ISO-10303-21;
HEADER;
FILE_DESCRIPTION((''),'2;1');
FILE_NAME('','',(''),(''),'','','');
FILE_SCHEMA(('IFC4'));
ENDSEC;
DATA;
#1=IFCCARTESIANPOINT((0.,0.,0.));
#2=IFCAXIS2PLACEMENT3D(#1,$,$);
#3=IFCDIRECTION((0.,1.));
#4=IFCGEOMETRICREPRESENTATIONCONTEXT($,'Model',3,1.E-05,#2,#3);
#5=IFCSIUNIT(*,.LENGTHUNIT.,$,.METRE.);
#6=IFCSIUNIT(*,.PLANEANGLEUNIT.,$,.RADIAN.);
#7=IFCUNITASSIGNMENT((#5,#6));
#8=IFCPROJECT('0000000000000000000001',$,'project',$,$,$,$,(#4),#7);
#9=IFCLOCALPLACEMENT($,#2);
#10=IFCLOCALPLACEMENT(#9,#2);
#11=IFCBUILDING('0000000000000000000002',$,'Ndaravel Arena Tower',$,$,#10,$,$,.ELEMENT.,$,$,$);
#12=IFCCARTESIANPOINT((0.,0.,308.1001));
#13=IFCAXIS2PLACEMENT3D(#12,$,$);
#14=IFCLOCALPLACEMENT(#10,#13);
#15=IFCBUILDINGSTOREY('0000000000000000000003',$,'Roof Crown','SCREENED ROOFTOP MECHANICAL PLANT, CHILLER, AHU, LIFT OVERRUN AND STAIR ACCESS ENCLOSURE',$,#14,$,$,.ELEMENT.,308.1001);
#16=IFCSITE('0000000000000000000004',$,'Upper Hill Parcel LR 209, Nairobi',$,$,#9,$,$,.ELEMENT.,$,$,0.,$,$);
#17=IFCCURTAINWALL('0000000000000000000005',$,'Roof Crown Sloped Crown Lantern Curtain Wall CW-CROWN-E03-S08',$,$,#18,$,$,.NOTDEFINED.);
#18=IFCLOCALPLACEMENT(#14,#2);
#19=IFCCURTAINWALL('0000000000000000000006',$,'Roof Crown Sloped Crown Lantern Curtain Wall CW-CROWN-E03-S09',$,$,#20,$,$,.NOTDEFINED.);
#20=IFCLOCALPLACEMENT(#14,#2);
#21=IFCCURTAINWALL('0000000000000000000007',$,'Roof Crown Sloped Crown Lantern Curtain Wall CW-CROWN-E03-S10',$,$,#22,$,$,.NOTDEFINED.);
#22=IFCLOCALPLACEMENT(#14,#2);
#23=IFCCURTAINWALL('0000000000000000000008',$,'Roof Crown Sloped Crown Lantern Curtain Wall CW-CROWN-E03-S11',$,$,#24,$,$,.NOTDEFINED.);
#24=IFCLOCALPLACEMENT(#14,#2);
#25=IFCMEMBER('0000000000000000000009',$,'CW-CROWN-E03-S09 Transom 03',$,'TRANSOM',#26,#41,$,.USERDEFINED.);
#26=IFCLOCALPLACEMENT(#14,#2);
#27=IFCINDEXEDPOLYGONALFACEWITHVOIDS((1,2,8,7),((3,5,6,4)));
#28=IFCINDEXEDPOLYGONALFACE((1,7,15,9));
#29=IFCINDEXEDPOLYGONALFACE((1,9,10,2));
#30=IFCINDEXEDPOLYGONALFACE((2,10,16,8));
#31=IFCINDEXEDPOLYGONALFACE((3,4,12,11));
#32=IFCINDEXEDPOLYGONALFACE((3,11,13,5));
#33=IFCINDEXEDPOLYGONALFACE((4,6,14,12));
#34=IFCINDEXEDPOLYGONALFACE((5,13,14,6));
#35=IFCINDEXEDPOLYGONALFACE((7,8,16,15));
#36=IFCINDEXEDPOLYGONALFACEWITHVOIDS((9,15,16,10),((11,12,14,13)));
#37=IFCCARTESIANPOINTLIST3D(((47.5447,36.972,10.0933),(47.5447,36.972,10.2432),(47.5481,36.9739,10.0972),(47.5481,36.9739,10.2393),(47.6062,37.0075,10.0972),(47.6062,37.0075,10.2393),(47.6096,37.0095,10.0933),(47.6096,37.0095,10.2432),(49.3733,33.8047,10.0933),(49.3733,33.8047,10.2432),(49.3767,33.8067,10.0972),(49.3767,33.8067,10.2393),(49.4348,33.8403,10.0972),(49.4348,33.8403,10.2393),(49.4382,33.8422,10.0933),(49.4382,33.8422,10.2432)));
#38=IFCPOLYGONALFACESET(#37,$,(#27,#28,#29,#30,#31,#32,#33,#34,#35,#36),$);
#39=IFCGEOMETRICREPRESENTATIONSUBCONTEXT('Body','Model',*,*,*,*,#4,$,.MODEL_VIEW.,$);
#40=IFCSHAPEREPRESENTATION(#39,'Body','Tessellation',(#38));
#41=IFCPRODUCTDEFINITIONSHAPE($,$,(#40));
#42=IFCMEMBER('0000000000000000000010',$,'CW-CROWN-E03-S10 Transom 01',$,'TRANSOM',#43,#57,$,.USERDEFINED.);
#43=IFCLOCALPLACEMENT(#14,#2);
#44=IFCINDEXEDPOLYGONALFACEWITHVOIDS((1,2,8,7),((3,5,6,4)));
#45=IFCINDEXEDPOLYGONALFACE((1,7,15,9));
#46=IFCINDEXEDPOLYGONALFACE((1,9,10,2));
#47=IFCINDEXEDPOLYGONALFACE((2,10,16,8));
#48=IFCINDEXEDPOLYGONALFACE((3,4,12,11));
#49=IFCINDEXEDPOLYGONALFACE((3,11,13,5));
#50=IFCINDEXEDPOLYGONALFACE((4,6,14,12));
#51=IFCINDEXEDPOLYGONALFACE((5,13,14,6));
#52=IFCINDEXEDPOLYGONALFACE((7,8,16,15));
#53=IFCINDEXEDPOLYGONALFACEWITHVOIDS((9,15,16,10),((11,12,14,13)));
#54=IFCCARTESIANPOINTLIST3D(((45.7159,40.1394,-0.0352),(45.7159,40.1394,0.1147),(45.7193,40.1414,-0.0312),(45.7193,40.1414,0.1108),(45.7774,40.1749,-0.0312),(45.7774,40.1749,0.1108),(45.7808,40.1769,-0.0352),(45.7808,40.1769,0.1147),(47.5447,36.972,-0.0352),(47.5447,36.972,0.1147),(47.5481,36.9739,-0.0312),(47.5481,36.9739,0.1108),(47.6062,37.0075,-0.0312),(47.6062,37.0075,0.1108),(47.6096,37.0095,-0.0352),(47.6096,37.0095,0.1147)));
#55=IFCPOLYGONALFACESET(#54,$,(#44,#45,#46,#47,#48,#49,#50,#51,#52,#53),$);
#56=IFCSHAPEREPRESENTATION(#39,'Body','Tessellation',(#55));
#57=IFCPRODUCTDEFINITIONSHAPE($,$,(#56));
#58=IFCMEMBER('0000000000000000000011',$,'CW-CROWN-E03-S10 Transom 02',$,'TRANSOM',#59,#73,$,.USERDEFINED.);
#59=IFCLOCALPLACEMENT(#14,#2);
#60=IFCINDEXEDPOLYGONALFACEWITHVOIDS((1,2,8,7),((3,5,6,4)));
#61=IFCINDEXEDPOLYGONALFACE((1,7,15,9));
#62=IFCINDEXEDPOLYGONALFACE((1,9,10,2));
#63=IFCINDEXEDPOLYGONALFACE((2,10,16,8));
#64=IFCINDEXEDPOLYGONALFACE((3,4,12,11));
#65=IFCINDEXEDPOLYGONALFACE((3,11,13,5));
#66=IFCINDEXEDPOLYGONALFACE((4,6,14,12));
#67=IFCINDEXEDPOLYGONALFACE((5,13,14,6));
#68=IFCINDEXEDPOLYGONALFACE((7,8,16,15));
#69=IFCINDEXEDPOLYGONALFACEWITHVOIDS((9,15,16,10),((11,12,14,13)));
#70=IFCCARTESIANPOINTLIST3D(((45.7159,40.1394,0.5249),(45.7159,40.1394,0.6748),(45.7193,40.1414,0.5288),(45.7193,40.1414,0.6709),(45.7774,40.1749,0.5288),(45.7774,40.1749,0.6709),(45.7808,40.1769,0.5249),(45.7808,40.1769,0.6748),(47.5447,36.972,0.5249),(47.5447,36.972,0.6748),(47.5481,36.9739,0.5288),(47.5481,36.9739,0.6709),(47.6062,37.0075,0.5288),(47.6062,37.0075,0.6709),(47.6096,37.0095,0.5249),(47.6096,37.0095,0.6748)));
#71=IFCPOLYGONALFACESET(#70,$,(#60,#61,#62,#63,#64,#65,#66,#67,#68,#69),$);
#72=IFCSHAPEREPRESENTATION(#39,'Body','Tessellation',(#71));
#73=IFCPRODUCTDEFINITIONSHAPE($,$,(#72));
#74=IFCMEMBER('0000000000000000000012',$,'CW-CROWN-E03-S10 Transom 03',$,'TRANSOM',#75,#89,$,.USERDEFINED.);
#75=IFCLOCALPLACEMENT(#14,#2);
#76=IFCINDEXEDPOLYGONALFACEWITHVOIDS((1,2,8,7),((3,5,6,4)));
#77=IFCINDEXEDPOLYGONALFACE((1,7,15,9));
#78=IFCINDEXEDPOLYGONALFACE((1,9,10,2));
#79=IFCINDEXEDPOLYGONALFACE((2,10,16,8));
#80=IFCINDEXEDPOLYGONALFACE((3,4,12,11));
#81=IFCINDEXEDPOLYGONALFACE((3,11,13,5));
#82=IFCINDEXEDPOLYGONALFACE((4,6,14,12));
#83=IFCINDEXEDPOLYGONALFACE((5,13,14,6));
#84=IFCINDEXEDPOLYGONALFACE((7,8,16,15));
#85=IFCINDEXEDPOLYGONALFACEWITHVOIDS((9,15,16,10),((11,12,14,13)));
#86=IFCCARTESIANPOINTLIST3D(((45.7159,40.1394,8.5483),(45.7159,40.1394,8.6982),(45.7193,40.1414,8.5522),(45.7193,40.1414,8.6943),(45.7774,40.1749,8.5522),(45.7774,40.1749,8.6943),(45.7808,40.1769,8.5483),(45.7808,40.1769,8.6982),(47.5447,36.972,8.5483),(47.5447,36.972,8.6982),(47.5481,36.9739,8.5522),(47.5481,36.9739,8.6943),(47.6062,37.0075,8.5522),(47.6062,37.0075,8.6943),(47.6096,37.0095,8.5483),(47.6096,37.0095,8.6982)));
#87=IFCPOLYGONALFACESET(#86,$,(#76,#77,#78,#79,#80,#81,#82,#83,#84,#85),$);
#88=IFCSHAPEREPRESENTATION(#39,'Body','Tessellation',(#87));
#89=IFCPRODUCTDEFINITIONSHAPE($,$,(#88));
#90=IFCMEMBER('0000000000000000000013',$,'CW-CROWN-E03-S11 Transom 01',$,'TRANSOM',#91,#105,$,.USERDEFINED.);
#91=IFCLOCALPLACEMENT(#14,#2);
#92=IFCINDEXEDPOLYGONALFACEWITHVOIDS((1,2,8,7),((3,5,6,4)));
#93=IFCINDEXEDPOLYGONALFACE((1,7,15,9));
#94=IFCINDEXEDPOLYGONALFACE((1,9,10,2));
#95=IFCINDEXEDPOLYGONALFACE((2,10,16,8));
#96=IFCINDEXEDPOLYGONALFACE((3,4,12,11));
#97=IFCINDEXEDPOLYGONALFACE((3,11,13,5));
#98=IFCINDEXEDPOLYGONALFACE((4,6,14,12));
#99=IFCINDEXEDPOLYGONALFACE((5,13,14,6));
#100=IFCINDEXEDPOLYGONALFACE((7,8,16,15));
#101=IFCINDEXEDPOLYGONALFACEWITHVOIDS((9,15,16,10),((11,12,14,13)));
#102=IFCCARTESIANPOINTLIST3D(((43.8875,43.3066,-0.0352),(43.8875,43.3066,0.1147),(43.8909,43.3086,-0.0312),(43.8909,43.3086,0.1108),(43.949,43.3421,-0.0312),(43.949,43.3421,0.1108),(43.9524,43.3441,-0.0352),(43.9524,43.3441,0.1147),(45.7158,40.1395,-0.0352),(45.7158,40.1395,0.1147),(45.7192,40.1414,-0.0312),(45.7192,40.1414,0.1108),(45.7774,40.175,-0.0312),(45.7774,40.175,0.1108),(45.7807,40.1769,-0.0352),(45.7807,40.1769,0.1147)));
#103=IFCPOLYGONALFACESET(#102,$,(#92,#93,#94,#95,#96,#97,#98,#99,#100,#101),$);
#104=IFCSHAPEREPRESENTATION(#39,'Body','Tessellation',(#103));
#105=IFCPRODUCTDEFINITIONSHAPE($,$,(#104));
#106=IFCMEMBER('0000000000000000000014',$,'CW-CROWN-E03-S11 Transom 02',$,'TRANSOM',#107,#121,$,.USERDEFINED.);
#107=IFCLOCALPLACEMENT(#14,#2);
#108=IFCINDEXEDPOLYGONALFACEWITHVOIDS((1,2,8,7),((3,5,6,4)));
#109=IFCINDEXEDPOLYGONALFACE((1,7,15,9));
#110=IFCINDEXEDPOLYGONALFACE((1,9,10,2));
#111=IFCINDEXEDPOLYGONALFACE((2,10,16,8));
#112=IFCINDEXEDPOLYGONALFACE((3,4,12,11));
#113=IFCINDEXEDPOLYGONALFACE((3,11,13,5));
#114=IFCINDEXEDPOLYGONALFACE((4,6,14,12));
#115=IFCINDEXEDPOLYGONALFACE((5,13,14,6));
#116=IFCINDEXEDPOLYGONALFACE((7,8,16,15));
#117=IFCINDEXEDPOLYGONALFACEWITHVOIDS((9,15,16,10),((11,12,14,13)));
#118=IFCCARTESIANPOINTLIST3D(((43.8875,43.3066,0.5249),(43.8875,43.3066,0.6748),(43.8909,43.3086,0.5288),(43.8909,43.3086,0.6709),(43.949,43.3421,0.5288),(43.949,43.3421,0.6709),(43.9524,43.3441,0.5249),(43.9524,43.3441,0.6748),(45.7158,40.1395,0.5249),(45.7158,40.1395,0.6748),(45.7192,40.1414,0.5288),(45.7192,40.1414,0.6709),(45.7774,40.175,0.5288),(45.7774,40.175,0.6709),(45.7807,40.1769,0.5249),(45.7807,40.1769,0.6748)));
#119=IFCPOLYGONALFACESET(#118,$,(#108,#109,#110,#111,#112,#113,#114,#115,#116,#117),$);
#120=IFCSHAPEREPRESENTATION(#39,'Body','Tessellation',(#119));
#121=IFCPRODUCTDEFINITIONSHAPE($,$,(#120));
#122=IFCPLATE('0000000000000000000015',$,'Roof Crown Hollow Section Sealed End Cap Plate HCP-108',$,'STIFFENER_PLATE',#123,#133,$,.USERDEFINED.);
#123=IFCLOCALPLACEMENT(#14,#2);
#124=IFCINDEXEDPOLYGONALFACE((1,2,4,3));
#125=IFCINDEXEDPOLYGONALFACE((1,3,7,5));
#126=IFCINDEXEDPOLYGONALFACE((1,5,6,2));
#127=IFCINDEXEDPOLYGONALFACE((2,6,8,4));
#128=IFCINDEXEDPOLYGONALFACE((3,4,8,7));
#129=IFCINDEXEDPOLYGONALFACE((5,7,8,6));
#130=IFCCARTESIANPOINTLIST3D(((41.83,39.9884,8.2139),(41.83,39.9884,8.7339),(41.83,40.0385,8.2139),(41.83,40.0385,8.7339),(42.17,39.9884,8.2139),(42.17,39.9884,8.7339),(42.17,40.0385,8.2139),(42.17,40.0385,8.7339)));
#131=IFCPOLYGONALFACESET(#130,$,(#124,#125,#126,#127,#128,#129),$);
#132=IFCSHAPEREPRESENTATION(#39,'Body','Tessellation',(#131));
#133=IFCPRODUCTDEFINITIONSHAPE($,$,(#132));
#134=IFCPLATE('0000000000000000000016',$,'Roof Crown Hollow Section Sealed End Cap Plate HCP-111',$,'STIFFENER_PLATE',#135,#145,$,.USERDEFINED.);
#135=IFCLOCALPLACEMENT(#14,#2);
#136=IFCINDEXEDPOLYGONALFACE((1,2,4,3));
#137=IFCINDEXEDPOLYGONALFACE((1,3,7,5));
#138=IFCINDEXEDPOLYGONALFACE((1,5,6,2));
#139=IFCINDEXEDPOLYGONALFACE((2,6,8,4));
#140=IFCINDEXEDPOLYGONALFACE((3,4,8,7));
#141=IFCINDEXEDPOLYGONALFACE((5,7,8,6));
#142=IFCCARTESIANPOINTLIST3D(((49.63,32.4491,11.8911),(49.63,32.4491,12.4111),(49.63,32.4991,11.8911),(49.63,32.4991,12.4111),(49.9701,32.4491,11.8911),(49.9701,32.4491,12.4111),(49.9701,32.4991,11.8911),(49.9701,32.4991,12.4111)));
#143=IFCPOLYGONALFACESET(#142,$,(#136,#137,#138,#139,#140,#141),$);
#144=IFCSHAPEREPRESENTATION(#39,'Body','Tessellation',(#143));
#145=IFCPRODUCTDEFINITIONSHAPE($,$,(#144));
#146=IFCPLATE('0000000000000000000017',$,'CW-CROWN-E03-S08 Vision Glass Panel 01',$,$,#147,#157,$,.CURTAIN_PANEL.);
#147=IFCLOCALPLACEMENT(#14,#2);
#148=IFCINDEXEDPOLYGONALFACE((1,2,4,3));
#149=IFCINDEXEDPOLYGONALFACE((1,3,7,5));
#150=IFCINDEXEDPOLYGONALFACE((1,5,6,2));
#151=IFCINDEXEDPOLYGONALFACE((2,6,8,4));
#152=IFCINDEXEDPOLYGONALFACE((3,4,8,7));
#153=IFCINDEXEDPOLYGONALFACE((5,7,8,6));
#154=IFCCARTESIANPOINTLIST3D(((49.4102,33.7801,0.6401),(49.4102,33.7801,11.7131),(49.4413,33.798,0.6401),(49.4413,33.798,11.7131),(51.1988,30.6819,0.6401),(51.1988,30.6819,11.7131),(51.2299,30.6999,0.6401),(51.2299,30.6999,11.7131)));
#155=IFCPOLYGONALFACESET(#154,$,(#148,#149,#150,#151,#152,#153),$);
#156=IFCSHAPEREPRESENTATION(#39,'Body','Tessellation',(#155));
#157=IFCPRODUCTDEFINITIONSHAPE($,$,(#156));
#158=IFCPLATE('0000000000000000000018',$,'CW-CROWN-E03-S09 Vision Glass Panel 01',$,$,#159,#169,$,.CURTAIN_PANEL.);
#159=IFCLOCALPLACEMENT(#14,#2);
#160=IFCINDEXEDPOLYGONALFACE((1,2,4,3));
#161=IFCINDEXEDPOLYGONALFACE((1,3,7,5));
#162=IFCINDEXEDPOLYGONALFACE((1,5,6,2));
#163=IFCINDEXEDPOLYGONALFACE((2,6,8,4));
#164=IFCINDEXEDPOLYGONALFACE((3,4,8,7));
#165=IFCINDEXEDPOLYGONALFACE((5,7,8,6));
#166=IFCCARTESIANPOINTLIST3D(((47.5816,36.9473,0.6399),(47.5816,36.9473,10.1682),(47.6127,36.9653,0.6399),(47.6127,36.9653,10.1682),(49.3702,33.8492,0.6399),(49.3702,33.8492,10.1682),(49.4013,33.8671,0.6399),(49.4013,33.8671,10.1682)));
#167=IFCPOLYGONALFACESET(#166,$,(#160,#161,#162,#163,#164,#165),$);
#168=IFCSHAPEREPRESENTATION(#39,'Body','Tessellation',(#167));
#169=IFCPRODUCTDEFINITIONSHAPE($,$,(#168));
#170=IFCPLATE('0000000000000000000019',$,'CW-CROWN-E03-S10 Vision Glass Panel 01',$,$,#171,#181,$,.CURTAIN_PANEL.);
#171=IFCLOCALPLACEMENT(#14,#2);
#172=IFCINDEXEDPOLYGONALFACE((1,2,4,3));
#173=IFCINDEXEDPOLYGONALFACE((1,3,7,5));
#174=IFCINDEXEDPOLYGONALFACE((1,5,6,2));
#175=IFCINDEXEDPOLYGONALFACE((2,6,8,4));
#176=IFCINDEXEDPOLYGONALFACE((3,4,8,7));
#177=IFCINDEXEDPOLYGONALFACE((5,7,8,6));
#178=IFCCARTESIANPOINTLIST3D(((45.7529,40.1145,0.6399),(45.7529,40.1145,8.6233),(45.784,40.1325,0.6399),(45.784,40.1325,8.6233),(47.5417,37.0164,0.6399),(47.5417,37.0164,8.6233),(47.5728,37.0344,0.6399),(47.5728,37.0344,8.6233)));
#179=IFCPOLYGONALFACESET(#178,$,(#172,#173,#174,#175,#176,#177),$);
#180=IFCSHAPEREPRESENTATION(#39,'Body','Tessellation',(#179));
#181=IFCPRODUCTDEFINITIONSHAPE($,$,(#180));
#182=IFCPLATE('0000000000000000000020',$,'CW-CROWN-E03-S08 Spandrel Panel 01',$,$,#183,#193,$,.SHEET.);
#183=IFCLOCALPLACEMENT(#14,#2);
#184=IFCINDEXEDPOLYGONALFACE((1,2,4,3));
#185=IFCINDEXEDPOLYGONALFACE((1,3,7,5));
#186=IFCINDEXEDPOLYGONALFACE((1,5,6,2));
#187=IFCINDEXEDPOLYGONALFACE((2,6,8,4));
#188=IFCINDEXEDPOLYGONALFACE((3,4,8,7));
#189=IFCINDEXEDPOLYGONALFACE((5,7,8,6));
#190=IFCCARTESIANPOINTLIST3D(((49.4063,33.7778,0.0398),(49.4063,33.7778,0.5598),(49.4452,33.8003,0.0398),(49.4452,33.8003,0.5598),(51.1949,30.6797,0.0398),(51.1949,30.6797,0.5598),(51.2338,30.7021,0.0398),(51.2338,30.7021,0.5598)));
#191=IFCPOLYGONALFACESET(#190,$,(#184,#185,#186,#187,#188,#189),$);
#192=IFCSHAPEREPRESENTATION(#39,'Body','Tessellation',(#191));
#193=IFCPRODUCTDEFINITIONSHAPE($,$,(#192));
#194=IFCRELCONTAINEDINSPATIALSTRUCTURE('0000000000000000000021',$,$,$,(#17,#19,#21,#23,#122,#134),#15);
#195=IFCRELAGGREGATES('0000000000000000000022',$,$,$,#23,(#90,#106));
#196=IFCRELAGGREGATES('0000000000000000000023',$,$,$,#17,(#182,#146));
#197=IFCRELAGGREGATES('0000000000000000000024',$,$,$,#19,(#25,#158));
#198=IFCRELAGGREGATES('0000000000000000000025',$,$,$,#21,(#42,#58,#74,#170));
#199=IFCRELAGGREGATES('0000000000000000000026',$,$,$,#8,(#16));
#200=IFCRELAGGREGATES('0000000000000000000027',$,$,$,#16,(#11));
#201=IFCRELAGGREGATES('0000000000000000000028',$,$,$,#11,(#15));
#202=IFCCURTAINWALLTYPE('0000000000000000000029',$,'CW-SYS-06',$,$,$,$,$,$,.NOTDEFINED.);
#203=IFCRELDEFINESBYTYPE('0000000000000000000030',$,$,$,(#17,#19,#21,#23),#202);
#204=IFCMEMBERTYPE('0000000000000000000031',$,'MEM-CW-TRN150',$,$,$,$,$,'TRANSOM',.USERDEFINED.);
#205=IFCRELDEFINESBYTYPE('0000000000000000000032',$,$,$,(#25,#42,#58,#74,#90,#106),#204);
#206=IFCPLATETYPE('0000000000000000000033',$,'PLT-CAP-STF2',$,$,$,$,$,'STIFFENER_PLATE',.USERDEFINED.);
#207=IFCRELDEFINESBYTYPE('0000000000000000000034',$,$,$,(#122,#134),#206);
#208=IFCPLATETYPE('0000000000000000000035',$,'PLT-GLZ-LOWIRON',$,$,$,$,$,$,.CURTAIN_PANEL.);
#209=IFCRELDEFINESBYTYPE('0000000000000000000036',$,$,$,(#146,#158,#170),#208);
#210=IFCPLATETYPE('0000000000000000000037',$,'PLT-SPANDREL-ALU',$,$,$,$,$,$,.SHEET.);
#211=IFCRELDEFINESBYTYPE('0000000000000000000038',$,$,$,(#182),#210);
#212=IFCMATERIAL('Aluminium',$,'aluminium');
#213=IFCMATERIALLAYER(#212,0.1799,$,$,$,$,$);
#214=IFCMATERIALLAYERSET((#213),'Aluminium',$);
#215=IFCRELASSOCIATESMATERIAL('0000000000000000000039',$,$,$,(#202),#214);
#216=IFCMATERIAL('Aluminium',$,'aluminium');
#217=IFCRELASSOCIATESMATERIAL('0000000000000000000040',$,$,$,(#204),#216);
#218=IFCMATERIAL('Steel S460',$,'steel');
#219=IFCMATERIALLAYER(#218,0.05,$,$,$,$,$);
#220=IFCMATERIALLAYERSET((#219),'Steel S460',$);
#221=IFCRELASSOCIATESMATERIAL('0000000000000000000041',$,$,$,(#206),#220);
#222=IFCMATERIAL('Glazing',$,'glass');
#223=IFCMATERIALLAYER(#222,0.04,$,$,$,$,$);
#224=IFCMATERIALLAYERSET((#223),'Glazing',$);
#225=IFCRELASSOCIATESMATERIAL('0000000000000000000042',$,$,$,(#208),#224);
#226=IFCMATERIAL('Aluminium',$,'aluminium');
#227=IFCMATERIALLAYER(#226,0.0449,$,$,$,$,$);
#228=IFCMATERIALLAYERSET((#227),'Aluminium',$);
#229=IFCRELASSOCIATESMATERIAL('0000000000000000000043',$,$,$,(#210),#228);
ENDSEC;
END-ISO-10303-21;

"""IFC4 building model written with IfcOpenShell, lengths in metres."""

from ifc_helpers import new_model, si_unit, direction, frame, origin, origin_2d, place, context, subcontext, project, spatial, rectangle, hollow_rectangle, extrude, material, layer, layer_set, material_profile, profile_set, type_object, element, aggregate, save


model = new_model("IFC4")

# Units and contexts
model_context = context("Model", 3, precision=1e-05, world=origin(), true_north=direction((0.0, 1.0)))
body_context = subcontext(model_context, "Body", "Model", "MODEL_VIEW")
ifc_project = project(units=[si_unit("LENGTHUNIT", "METRE"), si_unit("PLANEANGLEUNIT", "RADIAN")], contexts=[model_context])

# Site, building, storey
site_placement = place(None, origin())
site = spatial("IfcSite", under=ifc_project, at=site_placement, Name="Upper Hill Parcel LR 209, Nairobi", CompositionType="ELEMENT", RefElevation=0.0)
building_placement = place(site_placement, origin())
building = spatial("IfcBuilding", under=site, at=building_placement, Name="Ndaravel Arena Tower", CompositionType="ELEMENT")
storey_placement = place(building_placement, frame((0.0, 0.0, 308.1001)))
storey = spatial("IfcBuildingStorey", under=building, at=storey_placement, Name="Roof Crown", Description="SCREENED ROOFTOP MECHANICAL PLANT, CHILLER, AHU, LIFT OVERRUN AND STAIR ACCESS ENCLOSURE", CompositionType="ELEMENT", Elevation=308.1001)

# Curtain walls
ifc_material_1 = material(Name="Aluminium", Category="aluminium")
ifc_layer_1 = layer(ifc_material_1, 0.1799)
ifc_layer_set_1 = layer_set([ifc_layer_1], Name="Aluminium")
curtain_wall_type = type_object("IfcCurtainWallType", Name="CW-SYS-06", PredefinedType="NOTDEFINED", material=ifc_layer_set_1)
curtain_wall_1_placement = place(storey_placement, origin())
curtain_wall_1 = element("IfcCurtainWall", 1, at=curtain_wall_1_placement, inside=storey, type_object=curtain_wall_type, Name="Roof Crown Sloped Crown Lantern Curtain Wall CW-CROWN-E03-S08", PredefinedType="NOTDEFINED")
curtain_wall_2_placement = place(storey_placement, origin())
curtain_wall_2 = element("IfcCurtainWall", 2, at=curtain_wall_2_placement, inside=storey, type_object=curtain_wall_type, Name="Roof Crown Sloped Crown Lantern Curtain Wall CW-CROWN-E03-S09", PredefinedType="NOTDEFINED")
curtain_wall_3_placement = place(storey_placement, origin())
curtain_wall_3 = element("IfcCurtainWall", 3, at=curtain_wall_3_placement, inside=storey, type_object=curtain_wall_type, Name="Roof Crown Sloped Crown Lantern Curtain Wall CW-CROWN-E03-S10", PredefinedType="NOTDEFINED")
curtain_wall_4_placement = place(storey_placement, origin())
curtain_wall_4 = element("IfcCurtainWall", 4, at=curtain_wall_4_placement, inside=storey, type_object=curtain_wall_type, Name="Roof Crown Sloped Crown Lantern Curtain Wall CW-CROWN-E03-S11", PredefinedType="NOTDEFINED")

# Members
ifc_material_2 = material(Name="Aluminium", Category="aluminium")
ifc_material_profile_1 = material_profile(ifc_material_2, hollow_rectangle(XDim=0.075, YDim=0.1499, WallThickness=0.0039, at=origin_2d()), Name="CW TRANSOM 75x150x4")
ifc_profile_set_1 = profile_set([ifc_material_profile_1], Name="Aluminium")
member_type_1 = type_object("IfcMemberType", Name="MEM-CW-TRN150", ElementType="TRANSOM", PredefinedType="USERDEFINED", material=ifc_profile_set_1)
member_1_placement = place(storey_placement, frame((49.4058, 33.8235, 10.1682), z_axis=(-0.500002, 0.866024, 0.0), x_axis=(-0.866024, -0.500002, 0.0)))
member_1 = element("IfcMember", 5, at=member_1_placement, type_object=member_type_1, Name="CW-CROWN-E03-S09 Transom 03", ObjectType="TRANSOM", PredefinedType="USERDEFINED", context=body_context, shape_type="SweptSolid", body=[
    extrude(hollow_rectangle(XDim=0.075, YDim=0.1499, WallThickness=0.0039, at=origin_2d()), origin(), (0.0, 0.0, 1.0), 3.6572),
])
member_2_placement = place(storey_placement, frame((47.5771, 36.9907, 0.0398), z_axis=(-0.500023, 0.866012, 0.0), x_axis=(-0.866012, -0.500023, 0.0)))
member_2 = element("IfcMember", 6, at=member_2_placement, type_object=member_type_1, Name="CW-CROWN-E03-S10 Transom 01", ObjectType="TRANSOM", PredefinedType="USERDEFINED", context=body_context, shape_type="SweptSolid", body=[
    extrude(hollow_rectangle(XDim=0.075, YDim=0.1499, WallThickness=0.0039, at=origin_2d()), origin(), (0.0, 0.0, 1.0), 3.6575),
])
member_3_placement = place(storey_placement, frame((47.5771, 36.9907, 0.5999), z_axis=(-0.500023, 0.866012, 0.0), x_axis=(-0.866012, -0.500023, 0.0)))
member_3 = element("IfcMember", 7, at=member_3_placement, type_object=member_type_1, Name="CW-CROWN-E03-S10 Transom 02", ObjectType="TRANSOM", PredefinedType="USERDEFINED", context=body_context, shape_type="SweptSolid", body=[
    extrude(hollow_rectangle(XDim=0.075, YDim=0.1499, WallThickness=0.0039, at=origin_2d()), origin(), (0.0, 0.0, 1.0), 3.6575),
])
member_4_placement = place(storey_placement, frame((47.5771, 36.9907, 8.6233), z_axis=(-0.500023, 0.866012, 0.0), x_axis=(-0.866012, -0.500023, 0.0)))
member_4 = element("IfcMember", 8, at=member_4_placement, type_object=member_type_1, Name="CW-CROWN-E03-S10 Transom 03", ObjectType="TRANSOM", PredefinedType="USERDEFINED", context=body_context, shape_type="SweptSolid", body=[
    extrude(hollow_rectangle(XDim=0.075, YDim=0.1499, WallThickness=0.0039, at=origin_2d()), origin(), (0.0, 0.0, 1.0), 3.6575),
])
member_5_placement = place(storey_placement, frame((45.7483, 40.1582, 0.0398), z_axis=(-0.499952, 0.866053, 0.0), x_axis=(-0.866053, -0.499952, 0.0)))
member_5 = element("IfcMember", 9, at=member_5_placement, type_object=member_type_1, Name="CW-CROWN-E03-S11 Transom 01", ObjectType="TRANSOM", PredefinedType="USERDEFINED", context=body_context, shape_type="SweptSolid", body=[
    extrude(hollow_rectangle(XDim=0.075, YDim=0.1499, WallThickness=0.0039, at=origin_2d()), origin(), (0.0, 0.0, 1.0), 3.657),
])
member_6_placement = place(storey_placement, frame((45.7483, 40.1582, 0.5999), z_axis=(-0.499952, 0.866053, 0.0), x_axis=(-0.866053, -0.499952, 0.0)))
member_6 = element("IfcMember", 10, at=member_6_placement, type_object=member_type_1, Name="CW-CROWN-E03-S11 Transom 02", ObjectType="TRANSOM", PredefinedType="USERDEFINED", context=body_context, shape_type="SweptSolid", body=[
    extrude(hollow_rectangle(XDim=0.075, YDim=0.1499, WallThickness=0.0039, at=origin_2d()), origin(), (0.0, 0.0, 1.0), 3.657),
])
aggregate(curtain_wall_4, [member_5, member_6])

# Plates
ifc_material_3 = material(Name="Steel S460", Category="steel")
ifc_layer_2 = layer(ifc_material_3, 0.05)
ifc_layer_set_2 = layer_set([ifc_layer_2], Name="Steel S460")
plate_type_1 = type_object("IfcPlateType", Name="PLT-CAP-STF2", ElementType="STIFFENER_PLATE", PredefinedType="USERDEFINED", material=ifc_layer_set_2)
for number, where, z_axis, x_axis, name in (
    (11, (42.0, 40.0134, 8.2139), (0.0, 0.0, 1.0), (0.0, 1.0, 0.0), "Roof Crown Hollow Section Sealed End Cap Plate HCP-108"),
    (12, (49.8, 32.4741, 11.8911), (0.0, 0.0, 1.0), (0.0, 1.0, 0.0), "Roof Crown Hollow Section Sealed End Cap Plate HCP-111"),
):
    element("IfcPlate", number, at=place(storey_placement, frame(where, z_axis=z_axis, x_axis=x_axis)), inside=storey, type_object=plate_type_1, Name=name, ObjectType="STIFFENER_PLATE", PredefinedType="USERDEFINED", context=body_context, shape_type="SweptSolid", body=[
        extrude(rectangle(XDim=0.05, YDim=0.3401, at=origin_2d()), origin(), (0.0, 0.0, 1.0), 0.52),
    ])

# Plates
ifc_material_4 = material(Name="Glazing", Category="glass")
ifc_layer_3 = layer(ifc_material_4, 0.04)
ifc_layer_set_3 = layer_set([ifc_layer_3], Name="Glazing")
plate_type_2 = type_object("IfcPlateType", Name="PLT-GLZ-LOWIRON", PredefinedType="CURTAIN_PANEL", material=ifc_layer_set_3)
plate_1_placement = place(storey_placement, frame((50.3201, 32.24, 0.6401), z_axis=(0.0, 0.0, 1.0), x_axis=(-0.499985, 0.866034, 0.0)))
plate_1 = element("IfcPlate", 13, at=plate_1_placement, type_object=plate_type_2, Name="CW-CROWN-E03-S08 Vision Glass Panel 01", PredefinedType="CURTAIN_PANEL", context=body_context, shape_type="SweptSolid", body=[
    extrude(rectangle(XDim=3.5774, YDim=0.0359, at=origin_2d()), origin(), (0.0, 0.0, 1.0), 11.073),
])
plate_2_placement = place(storey_placement, frame((48.4915, 35.4072, 0.6399), z_axis=(0.0, 0.0, 1.0), x_axis=(-0.499985, 0.866034, 0.0)))
plate_2 = element("IfcPlate", 14, at=plate_2_placement, type_object=plate_type_2, Name="CW-CROWN-E03-S09 Vision Glass Panel 01", PredefinedType="CURTAIN_PANEL", context=body_context, shape_type="SweptSolid", body=[
    extrude(rectangle(XDim=3.5774, YDim=0.0359, at=origin_2d()), origin(), (0.0, 0.0, 1.0), 9.5283),
])
plate_3_placement = place(storey_placement, frame((46.6628, 38.5745, 0.6399), z_axis=(0.0, 0.0, 1.0), x_axis=(-0.500015, 0.866017, 0.0)))
plate_3 = element("IfcPlate", 15, at=plate_3_placement, type_object=plate_type_2, Name="CW-CROWN-E03-S10 Vision Glass Panel 01", PredefinedType="CURTAIN_PANEL", context=body_context, shape_type="SweptSolid", body=[
    extrude(rectangle(XDim=3.5774, YDim=0.0359, at=origin_2d()), origin(), (0.0, 0.0, 1.0), 7.9834),
])
ifc_material_5 = material(Name="Aluminium", Category="aluminium")
ifc_layer_4 = layer(ifc_material_5, 0.0449)
ifc_layer_set_4 = layer_set([ifc_layer_4], Name="Aluminium")
plate_type_3 = type_object("IfcPlateType", Name="PLT-SPANDREL-ALU", PredefinedType="SHEET", material=ifc_layer_set_4)
plate_4_placement = place(storey_placement, frame((50.3201, 32.24, 0.0398), z_axis=(0.0, 0.0, 1.0), x_axis=(-0.499985, 0.866034, 0.0)))
plate_4 = element("IfcPlate", 16, at=plate_4_placement, type_object=plate_type_3, Name="CW-CROWN-E03-S08 Spandrel Panel 01", PredefinedType="SHEET", context=body_context, shape_type="SweptSolid", body=[
    extrude(rectangle(XDim=3.5774, YDim=0.0449, at=origin_2d()), origin(), (0.0, 0.0, 1.0), 0.52),
])
aggregate(curtain_wall_1, [plate_4, plate_1])
aggregate(curtain_wall_2, [member_1, plate_2])
aggregate(curtain_wall_3, [member_2, member_3, member_4, plate_3])

save(model, "model.ifc")
